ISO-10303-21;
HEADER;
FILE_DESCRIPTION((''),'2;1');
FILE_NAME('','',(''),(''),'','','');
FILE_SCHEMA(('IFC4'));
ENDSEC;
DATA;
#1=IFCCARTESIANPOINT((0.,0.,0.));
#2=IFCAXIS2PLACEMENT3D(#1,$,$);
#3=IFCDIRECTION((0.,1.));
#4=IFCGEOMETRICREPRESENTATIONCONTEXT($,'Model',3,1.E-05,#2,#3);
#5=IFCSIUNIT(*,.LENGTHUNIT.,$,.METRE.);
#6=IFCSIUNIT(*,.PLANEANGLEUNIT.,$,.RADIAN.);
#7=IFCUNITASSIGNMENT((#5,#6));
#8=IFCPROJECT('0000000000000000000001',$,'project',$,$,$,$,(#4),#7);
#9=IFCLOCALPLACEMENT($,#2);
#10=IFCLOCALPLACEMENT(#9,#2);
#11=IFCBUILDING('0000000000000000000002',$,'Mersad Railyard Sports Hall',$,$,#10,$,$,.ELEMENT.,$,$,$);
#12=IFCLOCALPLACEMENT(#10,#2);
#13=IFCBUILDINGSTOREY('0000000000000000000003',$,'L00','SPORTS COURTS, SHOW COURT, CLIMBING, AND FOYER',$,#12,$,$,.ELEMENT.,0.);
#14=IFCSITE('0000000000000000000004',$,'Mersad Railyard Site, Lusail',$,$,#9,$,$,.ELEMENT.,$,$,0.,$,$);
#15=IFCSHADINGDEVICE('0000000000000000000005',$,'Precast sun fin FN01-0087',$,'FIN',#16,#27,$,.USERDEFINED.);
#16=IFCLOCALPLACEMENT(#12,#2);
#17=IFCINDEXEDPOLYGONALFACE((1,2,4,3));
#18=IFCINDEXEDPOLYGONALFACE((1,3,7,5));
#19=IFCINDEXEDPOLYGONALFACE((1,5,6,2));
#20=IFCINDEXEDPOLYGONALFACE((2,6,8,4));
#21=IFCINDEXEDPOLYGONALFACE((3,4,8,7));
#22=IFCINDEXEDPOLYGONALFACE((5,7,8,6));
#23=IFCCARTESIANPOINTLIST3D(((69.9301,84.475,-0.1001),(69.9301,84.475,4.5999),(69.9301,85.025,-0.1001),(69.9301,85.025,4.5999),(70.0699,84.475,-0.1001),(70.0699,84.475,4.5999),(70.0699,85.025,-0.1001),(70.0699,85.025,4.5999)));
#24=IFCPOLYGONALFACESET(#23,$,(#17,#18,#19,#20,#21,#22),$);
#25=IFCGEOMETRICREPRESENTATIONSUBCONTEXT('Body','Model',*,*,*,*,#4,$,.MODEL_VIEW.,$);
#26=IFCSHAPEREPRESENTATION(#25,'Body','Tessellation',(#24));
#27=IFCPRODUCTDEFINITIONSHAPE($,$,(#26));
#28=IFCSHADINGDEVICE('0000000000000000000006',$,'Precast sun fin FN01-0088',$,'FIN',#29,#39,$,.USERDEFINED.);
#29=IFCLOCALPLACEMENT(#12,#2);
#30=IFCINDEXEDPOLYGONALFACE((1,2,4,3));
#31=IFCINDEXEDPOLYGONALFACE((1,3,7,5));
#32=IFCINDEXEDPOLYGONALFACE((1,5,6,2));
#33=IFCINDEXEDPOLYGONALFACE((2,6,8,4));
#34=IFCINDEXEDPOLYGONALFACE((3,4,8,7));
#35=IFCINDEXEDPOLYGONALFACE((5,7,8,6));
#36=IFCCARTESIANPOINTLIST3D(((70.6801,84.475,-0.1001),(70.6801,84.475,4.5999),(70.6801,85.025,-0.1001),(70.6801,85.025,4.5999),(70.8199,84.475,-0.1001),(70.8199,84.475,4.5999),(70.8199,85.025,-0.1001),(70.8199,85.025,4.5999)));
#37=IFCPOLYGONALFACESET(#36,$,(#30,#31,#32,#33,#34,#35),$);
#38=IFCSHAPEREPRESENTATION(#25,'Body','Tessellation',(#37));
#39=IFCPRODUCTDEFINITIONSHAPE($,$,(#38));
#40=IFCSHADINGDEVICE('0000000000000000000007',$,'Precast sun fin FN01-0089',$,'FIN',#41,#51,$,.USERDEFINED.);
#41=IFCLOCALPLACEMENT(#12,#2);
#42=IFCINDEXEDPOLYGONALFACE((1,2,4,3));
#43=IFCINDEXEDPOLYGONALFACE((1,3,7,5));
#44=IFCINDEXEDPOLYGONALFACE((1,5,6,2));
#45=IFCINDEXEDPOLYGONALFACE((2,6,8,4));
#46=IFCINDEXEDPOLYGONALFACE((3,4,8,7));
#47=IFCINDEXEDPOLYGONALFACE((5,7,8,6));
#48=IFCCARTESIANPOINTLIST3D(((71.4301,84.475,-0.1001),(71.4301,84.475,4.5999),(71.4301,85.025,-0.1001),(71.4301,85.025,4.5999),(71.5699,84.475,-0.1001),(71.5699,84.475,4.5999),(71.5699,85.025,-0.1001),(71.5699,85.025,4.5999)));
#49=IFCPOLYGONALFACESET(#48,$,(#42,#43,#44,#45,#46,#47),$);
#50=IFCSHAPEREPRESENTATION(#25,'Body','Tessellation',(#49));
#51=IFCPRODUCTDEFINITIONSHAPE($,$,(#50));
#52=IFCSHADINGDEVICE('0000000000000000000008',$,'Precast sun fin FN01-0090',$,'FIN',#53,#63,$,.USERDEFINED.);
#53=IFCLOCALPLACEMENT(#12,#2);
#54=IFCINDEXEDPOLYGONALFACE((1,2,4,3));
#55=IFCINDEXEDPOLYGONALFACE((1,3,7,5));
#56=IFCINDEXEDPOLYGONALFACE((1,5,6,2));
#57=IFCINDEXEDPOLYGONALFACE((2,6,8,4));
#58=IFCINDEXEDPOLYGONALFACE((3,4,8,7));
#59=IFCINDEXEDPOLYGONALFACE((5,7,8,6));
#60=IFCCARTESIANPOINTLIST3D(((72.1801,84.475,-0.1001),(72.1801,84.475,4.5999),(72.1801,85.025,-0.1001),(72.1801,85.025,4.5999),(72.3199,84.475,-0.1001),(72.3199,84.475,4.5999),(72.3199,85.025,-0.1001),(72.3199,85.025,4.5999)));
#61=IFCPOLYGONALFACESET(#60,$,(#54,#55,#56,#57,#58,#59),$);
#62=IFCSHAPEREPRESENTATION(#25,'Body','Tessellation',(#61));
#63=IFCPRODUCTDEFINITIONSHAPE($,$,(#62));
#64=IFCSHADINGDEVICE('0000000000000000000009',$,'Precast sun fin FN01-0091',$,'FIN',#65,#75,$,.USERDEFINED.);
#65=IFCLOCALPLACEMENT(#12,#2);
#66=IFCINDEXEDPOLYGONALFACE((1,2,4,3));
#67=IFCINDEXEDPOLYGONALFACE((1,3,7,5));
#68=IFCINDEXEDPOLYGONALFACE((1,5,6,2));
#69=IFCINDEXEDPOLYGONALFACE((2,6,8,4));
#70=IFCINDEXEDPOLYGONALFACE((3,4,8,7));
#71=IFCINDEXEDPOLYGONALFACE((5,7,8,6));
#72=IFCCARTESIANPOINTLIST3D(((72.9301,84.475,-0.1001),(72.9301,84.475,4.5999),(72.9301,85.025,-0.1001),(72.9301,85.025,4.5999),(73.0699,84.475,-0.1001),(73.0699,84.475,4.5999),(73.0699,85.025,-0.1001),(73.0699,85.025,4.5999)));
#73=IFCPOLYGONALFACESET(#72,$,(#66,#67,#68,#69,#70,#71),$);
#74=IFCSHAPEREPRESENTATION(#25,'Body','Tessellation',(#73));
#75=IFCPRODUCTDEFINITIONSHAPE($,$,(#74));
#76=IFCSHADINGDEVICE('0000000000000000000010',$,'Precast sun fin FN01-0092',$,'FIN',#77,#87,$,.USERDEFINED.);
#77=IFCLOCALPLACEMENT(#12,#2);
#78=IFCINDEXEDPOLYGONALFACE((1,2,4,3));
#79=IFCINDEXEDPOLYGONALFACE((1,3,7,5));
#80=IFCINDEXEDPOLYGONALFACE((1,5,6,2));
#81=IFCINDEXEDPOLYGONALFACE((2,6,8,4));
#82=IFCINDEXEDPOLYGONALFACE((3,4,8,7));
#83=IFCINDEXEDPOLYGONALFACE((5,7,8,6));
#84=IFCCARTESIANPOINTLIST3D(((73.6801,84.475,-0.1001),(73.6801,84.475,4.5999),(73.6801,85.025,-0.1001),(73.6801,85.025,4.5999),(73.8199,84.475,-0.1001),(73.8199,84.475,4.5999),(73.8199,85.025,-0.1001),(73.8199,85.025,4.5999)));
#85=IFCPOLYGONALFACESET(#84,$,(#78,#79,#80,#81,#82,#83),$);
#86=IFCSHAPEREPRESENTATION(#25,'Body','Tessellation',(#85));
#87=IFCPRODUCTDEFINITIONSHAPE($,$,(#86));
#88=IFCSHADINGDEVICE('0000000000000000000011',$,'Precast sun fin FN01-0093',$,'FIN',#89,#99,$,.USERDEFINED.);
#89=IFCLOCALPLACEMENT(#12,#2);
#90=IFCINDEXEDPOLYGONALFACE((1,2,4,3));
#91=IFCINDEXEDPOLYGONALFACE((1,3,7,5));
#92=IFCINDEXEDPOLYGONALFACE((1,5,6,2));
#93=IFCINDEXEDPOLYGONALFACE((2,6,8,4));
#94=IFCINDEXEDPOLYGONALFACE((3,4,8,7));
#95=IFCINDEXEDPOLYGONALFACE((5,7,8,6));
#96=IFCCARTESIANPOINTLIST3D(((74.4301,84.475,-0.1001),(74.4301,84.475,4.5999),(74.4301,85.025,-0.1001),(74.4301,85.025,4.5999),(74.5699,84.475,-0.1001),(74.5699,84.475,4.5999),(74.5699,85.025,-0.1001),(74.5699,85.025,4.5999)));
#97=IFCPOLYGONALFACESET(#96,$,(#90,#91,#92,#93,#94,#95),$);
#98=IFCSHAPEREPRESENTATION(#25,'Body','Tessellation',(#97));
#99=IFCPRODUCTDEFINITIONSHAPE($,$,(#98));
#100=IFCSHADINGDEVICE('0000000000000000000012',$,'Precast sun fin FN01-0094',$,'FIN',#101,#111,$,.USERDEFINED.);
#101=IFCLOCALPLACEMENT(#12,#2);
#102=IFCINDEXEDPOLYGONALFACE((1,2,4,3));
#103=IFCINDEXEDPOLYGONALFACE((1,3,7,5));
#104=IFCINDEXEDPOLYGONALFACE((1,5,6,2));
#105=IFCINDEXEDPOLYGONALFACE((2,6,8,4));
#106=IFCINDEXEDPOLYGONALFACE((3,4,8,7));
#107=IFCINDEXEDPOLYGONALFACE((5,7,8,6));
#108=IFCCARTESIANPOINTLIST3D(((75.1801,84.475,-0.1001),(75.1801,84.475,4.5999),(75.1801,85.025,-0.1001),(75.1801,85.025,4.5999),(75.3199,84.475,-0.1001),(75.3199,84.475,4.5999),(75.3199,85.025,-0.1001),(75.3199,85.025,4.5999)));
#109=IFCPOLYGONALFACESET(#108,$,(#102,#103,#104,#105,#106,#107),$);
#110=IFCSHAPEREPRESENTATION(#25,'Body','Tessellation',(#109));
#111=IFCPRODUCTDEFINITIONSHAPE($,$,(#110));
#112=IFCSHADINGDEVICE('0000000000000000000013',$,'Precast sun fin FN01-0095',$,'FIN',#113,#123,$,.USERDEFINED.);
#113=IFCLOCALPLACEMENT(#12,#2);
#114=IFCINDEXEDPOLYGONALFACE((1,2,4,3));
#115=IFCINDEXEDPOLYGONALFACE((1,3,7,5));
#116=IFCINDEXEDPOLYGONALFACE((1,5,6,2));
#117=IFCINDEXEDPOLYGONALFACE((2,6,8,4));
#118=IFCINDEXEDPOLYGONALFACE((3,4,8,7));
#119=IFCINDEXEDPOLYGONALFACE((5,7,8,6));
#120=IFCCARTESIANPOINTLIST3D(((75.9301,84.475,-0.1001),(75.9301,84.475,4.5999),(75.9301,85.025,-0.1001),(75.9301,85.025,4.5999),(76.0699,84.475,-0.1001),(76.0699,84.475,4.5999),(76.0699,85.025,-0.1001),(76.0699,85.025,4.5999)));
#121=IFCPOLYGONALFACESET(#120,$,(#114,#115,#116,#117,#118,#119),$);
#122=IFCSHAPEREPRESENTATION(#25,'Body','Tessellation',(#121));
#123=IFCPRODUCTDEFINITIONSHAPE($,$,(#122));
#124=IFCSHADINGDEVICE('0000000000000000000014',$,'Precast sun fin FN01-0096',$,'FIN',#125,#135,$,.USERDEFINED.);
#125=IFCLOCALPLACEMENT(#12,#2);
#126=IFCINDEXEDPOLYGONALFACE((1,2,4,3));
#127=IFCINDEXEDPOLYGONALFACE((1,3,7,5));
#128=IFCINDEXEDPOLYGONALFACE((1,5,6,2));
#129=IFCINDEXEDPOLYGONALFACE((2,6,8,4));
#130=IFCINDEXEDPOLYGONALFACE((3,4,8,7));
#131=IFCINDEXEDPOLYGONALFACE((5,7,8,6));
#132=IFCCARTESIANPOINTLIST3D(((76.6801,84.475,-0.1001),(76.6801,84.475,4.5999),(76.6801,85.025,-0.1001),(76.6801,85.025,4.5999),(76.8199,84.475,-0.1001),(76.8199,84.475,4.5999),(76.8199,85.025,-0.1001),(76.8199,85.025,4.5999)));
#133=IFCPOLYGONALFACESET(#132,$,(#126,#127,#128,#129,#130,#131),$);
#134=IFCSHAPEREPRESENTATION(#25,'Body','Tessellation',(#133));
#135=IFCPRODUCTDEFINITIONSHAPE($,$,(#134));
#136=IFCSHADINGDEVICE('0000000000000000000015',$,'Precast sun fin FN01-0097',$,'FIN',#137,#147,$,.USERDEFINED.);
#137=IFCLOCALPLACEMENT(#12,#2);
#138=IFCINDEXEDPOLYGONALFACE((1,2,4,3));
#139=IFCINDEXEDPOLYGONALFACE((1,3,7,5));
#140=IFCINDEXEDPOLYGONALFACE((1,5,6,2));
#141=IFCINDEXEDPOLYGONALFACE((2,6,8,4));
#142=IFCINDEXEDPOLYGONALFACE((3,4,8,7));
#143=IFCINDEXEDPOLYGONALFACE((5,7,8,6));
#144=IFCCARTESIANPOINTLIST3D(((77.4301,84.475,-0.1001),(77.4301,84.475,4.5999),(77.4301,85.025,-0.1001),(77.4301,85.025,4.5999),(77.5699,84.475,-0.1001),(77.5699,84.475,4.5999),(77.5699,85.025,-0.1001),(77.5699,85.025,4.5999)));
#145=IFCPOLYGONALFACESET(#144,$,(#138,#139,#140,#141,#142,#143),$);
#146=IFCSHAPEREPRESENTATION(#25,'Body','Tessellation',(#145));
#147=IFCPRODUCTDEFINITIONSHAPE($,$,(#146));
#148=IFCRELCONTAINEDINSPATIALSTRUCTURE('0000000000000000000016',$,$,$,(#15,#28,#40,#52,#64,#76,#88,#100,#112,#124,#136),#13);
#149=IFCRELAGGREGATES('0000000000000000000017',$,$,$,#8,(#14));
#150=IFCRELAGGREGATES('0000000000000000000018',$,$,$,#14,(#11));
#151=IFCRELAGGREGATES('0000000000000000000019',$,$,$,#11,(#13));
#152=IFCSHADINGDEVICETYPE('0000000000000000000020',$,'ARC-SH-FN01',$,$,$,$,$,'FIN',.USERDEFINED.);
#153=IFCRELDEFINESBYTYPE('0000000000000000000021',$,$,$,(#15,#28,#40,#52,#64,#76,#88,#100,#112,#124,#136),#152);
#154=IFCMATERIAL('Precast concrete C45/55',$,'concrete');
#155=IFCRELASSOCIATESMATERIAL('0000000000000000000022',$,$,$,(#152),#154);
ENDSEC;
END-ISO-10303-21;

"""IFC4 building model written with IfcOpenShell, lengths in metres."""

from ifc_helpers import new_model, si_unit, direction, frame, origin, origin_2d, place, context, subcontext, project, spatial, rectangle, extrude, material, type_object, element, save


model = new_model("IFC4")

# Units and contexts
model_context = context("Model", 3, precision=1e-05, world=origin(), true_north=direction((0.0, 1.0)))
body_context = subcontext(model_context, "Body", "Model", "MODEL_VIEW")
ifc_project = project(units=[si_unit("LENGTHUNIT", "METRE"), si_unit("PLANEANGLEUNIT", "RADIAN")], contexts=[model_context])

# Site, building, storey
site_placement = place(None, origin())
site = spatial("IfcSite", under=ifc_project, at=site_placement, Name="Mersad Railyard Site, Lusail", CompositionType="ELEMENT", RefElevation=0.0)
building_placement = place(site_placement, origin())
building = spatial("IfcBuilding", under=site, at=building_placement, Name="Mersad Railyard Sports Hall", CompositionType="ELEMENT")
storey_placement = place(building_placement, origin())
storey = spatial("IfcBuildingStorey", under=building, at=storey_placement, Name="L00", Description="SPORTS COURTS, SHOW COURT, CLIMBING, AND FOYER", CompositionType="ELEMENT", Elevation=0.0)

# Shading devices
ifc_material_1 = material(Name="Precast concrete C45/55", Category="concrete")
shading_device_type = type_object("IfcShadingDeviceType", Name="ARC-SH-FN01", ElementType="FIN", PredefinedType="USERDEFINED", material=ifc_material_1)
for number, where, z_axis, x_axis, name in (
    (1, (70.0, 84.75, -0.1001), (0.0, 0.0, 1.0), (1.0, 0.0, 0.0), "Precast sun fin FN01-0087"),
    (2, (70.75, 84.75, -0.1001), (0.0, 0.0, 1.0), (1.0, 0.0, 0.0), "Precast sun fin FN01-0088"),
    (3, (71.5, 84.75, -0.1001), (0.0, 0.0, 1.0), (1.0, 0.0, 0.0), "Precast sun fin FN01-0089"),
    (4, (72.25, 84.75, -0.1001), (0.0, 0.0, 1.0), (1.0, 0.0, 0.0), "Precast sun fin FN01-0090"),
    (5, (73.0, 84.75, -0.1001), (0.0, 0.0, 1.0), (1.0, 0.0, 0.0), "Precast sun fin FN01-0091"),
    (6, (73.75, 84.75, -0.1001), (0.0, 0.0, 1.0), (1.0, 0.0, 0.0), "Precast sun fin FN01-0092"),
    (7, (74.5, 84.75, -0.1001), (0.0, 0.0, 1.0), (1.0, 0.0, 0.0), "Precast sun fin FN01-0093"),
    (8, (75.25, 84.75, -0.1001), (0.0, 0.0, 1.0), (1.0, 0.0, 0.0), "Precast sun fin FN01-0094"),
    (9, (76.0, 84.75, -0.1001), (0.0, 0.0, 1.0), (1.0, 0.0, 0.0), "Precast sun fin FN01-0095"),
    (10, (76.75, 84.75, -0.1001), (0.0, 0.0, 1.0), (1.0, 0.0, 0.0), "Precast sun fin FN01-0096"),
    (11, (77.5, 84.75, -0.1001), (0.0, 0.0, 1.0), (1.0, 0.0, 0.0), "Precast sun fin FN01-0097"),
):
    element("IfcShadingDevice", number, at=place(storey_placement, frame(where, z_axis=z_axis, x_axis=x_axis)), inside=storey, type_object=shading_device_type, Name=name, ObjectType="FIN", PredefinedType="USERDEFINED", context=body_context, shape_type="SweptSolid", body=[
        extrude(rectangle(XDim=0.1399, YDim=0.55, at=origin_2d()), origin(), (0.0, 0.0, 1.0), 4.7),
    ])

save(model, "model.ifc")
